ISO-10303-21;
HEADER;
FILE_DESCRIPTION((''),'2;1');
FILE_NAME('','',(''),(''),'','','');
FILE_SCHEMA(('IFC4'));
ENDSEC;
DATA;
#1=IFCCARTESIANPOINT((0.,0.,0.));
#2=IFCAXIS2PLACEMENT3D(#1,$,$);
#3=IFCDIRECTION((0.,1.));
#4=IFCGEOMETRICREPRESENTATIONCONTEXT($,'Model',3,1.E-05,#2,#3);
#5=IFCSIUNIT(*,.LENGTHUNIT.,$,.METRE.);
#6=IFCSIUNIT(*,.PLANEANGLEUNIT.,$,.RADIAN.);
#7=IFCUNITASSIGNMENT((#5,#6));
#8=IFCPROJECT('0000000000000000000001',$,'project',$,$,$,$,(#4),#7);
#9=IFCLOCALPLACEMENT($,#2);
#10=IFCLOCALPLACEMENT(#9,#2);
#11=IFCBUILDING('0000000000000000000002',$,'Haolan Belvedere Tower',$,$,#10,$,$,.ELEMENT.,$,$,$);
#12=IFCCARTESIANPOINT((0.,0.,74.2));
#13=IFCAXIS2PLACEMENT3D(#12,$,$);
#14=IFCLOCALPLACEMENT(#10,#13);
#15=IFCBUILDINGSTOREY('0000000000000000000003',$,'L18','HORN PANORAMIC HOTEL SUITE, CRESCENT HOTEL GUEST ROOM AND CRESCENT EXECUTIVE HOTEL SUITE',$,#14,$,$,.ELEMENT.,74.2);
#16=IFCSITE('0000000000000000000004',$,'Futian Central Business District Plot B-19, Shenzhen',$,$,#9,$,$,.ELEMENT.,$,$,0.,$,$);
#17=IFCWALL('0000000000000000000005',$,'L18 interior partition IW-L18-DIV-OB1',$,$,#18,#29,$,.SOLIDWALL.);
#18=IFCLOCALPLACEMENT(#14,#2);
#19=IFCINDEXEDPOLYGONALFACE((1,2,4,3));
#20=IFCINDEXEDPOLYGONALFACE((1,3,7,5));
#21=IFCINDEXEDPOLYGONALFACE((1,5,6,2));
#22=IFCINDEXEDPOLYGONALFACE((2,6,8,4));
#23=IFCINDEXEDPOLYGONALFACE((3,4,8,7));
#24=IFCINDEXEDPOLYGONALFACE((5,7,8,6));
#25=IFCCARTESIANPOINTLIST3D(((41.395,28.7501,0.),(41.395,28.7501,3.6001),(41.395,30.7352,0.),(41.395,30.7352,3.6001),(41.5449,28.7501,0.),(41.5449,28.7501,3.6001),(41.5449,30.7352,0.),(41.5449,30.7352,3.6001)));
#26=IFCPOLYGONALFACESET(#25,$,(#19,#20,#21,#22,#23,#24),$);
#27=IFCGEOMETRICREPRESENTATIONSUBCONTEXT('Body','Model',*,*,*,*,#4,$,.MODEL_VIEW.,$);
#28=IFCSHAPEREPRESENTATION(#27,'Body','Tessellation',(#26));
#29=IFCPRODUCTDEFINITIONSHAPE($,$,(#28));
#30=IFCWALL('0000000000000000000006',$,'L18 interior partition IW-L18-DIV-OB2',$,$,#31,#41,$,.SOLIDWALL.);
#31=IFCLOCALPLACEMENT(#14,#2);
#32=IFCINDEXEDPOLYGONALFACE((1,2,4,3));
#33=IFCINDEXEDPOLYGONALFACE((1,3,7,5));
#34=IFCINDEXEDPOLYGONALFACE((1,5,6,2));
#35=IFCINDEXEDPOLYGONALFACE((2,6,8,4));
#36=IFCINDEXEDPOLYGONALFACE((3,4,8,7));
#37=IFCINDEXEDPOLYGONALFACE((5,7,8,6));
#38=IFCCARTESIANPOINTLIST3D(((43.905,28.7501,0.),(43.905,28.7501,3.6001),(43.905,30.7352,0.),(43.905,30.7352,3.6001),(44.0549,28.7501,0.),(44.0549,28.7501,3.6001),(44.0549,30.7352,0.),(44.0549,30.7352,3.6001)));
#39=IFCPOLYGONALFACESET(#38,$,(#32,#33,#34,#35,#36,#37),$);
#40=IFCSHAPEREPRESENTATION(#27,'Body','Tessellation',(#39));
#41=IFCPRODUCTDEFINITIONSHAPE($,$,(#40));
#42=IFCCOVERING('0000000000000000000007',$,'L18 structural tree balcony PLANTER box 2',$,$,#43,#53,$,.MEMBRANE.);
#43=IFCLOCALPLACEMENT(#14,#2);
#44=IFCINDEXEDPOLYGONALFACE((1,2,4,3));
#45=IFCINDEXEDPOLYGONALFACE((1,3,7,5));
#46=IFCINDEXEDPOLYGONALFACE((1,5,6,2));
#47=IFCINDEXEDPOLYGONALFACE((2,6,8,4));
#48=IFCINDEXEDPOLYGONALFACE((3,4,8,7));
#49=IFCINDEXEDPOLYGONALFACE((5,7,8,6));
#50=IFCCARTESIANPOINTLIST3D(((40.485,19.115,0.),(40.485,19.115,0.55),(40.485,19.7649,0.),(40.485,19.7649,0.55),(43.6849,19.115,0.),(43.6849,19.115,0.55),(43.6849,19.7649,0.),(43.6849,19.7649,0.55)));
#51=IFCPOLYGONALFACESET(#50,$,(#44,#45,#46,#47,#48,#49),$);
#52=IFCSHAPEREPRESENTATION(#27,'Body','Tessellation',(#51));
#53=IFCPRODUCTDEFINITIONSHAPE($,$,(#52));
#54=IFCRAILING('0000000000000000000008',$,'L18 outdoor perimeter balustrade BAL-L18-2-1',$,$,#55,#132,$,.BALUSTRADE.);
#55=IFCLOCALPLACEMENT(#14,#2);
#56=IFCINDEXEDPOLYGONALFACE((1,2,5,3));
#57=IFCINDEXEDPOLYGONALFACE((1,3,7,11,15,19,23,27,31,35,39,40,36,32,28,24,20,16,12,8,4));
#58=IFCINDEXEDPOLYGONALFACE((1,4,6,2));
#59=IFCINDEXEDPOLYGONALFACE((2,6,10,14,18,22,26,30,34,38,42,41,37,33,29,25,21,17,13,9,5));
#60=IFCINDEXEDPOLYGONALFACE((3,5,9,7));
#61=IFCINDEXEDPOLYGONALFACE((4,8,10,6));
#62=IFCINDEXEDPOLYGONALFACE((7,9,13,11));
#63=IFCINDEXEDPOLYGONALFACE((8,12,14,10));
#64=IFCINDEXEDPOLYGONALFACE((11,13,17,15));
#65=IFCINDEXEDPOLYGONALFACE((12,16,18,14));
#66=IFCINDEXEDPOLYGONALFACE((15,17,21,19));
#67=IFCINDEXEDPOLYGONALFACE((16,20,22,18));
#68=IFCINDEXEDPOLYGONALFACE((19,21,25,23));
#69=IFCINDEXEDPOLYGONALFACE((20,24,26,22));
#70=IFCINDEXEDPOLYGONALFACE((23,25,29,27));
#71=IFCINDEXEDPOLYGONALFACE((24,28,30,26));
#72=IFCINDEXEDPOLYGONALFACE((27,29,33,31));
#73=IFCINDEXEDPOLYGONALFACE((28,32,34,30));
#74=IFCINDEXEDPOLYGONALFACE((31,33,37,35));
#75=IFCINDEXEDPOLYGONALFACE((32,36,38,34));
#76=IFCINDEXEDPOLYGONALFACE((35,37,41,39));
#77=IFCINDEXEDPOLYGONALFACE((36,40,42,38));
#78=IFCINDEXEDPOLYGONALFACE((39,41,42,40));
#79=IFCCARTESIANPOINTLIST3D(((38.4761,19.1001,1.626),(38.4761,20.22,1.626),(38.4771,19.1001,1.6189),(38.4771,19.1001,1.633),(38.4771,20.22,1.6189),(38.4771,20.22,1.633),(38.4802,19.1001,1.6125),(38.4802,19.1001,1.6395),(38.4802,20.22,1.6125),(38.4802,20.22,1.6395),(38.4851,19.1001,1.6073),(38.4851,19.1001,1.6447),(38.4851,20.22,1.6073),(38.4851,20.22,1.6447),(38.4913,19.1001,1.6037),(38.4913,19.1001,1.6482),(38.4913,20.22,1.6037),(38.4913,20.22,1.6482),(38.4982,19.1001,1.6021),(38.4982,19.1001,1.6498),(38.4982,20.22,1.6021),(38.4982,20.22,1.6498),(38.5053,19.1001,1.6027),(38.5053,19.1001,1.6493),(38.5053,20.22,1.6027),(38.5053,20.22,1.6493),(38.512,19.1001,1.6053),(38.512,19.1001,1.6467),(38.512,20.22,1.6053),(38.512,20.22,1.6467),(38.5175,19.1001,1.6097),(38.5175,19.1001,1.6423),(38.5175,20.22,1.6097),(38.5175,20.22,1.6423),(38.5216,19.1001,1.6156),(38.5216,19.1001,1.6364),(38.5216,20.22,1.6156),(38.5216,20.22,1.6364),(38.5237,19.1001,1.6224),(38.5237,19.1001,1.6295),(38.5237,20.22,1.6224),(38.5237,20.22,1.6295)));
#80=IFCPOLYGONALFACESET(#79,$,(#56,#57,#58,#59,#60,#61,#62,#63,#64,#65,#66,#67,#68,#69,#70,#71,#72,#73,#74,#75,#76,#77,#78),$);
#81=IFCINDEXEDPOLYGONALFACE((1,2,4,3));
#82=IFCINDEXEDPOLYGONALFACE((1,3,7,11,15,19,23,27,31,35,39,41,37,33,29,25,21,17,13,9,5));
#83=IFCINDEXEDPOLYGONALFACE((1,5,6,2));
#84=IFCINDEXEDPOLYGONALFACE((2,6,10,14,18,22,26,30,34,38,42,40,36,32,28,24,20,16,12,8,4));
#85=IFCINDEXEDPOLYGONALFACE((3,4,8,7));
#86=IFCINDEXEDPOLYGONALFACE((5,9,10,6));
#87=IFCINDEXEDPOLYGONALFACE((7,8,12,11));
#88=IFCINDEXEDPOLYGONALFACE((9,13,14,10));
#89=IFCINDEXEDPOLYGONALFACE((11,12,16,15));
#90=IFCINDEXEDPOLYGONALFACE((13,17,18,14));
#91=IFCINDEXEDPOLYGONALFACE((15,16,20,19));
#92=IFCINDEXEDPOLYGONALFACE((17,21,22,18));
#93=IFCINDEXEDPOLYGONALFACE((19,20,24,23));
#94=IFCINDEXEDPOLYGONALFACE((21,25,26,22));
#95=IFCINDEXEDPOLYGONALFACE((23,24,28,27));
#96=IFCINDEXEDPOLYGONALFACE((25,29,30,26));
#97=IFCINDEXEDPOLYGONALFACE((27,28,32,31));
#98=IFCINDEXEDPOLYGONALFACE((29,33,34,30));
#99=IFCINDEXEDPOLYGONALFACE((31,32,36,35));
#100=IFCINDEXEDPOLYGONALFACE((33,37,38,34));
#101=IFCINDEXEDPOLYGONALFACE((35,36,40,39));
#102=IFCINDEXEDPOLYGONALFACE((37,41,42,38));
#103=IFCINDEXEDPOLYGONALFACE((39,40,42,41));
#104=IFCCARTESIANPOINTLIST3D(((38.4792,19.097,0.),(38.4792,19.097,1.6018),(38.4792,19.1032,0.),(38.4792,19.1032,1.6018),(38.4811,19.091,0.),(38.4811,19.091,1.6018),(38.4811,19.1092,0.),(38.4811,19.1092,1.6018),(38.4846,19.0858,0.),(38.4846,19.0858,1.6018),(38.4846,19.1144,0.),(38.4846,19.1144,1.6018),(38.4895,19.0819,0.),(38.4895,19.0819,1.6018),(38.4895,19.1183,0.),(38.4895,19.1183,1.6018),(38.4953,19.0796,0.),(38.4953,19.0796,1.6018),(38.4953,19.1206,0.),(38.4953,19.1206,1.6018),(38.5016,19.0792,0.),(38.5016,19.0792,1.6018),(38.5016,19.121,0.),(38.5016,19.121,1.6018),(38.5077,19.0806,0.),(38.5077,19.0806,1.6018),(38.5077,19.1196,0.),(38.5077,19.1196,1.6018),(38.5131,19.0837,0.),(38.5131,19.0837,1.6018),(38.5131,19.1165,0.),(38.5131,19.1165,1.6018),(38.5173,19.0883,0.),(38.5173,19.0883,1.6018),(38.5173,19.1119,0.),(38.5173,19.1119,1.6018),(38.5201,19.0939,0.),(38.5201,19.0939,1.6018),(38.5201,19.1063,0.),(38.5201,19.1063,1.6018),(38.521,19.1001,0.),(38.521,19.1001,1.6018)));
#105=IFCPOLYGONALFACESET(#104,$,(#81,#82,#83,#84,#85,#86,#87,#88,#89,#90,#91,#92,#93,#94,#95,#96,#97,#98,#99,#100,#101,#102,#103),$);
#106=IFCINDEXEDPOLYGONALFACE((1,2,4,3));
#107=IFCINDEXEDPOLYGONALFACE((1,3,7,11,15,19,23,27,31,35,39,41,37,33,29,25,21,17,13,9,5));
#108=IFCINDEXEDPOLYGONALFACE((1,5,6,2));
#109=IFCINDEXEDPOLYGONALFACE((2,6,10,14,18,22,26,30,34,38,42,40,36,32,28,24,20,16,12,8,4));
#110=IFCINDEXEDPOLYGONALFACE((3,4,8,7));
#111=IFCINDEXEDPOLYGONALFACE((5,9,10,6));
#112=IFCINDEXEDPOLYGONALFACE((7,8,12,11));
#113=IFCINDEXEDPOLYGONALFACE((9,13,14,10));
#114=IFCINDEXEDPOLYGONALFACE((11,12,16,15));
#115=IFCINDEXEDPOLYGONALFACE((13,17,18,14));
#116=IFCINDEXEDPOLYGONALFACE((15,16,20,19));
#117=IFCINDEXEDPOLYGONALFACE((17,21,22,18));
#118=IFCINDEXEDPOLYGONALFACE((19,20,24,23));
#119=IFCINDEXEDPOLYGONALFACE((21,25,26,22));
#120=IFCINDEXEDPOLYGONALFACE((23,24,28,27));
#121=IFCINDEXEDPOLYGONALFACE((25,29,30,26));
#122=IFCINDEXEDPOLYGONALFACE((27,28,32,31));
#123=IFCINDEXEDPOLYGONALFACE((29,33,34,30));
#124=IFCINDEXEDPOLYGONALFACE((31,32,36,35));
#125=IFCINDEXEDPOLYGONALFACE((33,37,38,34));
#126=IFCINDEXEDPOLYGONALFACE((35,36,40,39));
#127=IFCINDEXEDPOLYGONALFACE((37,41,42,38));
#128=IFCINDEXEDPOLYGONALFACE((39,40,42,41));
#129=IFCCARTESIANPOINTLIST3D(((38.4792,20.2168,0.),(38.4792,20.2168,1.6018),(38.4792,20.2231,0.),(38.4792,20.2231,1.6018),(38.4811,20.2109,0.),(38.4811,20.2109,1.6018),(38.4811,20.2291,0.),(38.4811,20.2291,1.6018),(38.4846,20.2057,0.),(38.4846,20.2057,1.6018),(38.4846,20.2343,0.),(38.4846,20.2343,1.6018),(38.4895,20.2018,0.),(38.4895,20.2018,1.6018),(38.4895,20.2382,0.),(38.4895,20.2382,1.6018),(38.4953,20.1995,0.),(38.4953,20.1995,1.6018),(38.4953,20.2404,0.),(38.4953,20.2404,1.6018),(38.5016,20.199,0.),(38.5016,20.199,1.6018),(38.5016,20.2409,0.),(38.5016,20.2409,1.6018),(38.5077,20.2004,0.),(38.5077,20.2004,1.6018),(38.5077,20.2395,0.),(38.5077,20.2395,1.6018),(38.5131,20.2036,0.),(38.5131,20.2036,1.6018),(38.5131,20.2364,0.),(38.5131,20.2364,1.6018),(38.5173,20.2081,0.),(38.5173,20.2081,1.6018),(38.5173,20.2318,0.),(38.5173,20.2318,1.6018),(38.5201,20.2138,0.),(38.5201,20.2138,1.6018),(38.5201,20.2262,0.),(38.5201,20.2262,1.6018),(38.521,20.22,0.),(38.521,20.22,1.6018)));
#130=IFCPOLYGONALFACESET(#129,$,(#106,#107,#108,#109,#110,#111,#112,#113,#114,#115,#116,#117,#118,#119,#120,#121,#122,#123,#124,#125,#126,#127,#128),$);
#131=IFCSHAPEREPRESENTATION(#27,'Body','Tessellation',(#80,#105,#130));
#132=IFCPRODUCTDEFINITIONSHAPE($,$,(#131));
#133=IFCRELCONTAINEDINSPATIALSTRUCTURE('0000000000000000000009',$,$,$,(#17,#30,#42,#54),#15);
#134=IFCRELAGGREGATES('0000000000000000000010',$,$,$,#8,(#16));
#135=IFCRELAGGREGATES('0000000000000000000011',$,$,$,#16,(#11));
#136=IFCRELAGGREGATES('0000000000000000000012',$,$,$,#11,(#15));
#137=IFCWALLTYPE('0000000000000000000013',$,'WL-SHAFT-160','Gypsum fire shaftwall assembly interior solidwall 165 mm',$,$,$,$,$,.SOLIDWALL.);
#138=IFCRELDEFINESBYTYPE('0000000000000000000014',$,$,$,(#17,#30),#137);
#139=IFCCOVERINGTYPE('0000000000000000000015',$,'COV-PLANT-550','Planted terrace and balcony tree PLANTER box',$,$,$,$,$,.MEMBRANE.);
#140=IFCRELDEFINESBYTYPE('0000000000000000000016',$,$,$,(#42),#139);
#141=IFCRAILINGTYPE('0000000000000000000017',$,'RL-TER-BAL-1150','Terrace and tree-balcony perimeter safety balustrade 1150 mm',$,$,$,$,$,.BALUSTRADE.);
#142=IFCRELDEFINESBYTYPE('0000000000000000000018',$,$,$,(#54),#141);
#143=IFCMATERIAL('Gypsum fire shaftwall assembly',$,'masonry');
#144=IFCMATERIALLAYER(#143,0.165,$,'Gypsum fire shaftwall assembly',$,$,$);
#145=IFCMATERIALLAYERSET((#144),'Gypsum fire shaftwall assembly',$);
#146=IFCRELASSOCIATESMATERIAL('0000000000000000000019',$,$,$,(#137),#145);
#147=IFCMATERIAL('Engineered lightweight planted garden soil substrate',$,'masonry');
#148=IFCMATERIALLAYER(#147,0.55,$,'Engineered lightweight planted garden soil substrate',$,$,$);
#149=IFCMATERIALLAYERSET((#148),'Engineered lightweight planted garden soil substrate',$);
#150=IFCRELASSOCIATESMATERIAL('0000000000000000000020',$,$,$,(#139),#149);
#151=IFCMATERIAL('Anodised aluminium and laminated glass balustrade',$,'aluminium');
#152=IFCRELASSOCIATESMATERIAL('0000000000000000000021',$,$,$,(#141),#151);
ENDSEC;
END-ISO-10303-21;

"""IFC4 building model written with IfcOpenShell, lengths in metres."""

from ifc_helpers import new_model, si_unit, direction, frame, frame_2d, origin, origin_2d, place, context, subcontext, project, spatial, rectangle, circle, extrude, material, layer, layer_set, type_object, element, save


model = new_model("IFC4")

# Units and contexts
model_context = context("Model", 3, precision=1e-05, world=origin(), true_north=direction((0.0, 1.0)))
body_context = subcontext(model_context, "Body", "Model", "MODEL_VIEW")
ifc_project = project(units=[si_unit("LENGTHUNIT", "METRE"), si_unit("PLANEANGLEUNIT", "RADIAN")], contexts=[model_context])

# Site, building, storey
site_placement = place(None, origin())
site = spatial("IfcSite", under=ifc_project, at=site_placement, Name="Futian Central Business District Plot B-19, Shenzhen", CompositionType="ELEMENT", RefElevation=0.0)
building_placement = place(site_placement, origin())
building = spatial("IfcBuilding", under=site, at=building_placement, Name="Haolan Belvedere Tower", CompositionType="ELEMENT")
storey_placement = place(building_placement, frame((0.0, 0.0, 74.2)))
storey = spatial("IfcBuildingStorey", under=building, at=storey_placement, Name="L18", Description="HORN PANORAMIC HOTEL SUITE, CRESCENT HOTEL GUEST ROOM AND CRESCENT EXECUTIVE HOTEL SUITE", CompositionType="ELEMENT", Elevation=74.2)

# Walls
ifc_material_1 = material(Name="Gypsum fire shaftwall assembly", Category="masonry")
ifc_layer_1 = layer(ifc_material_1, 0.165, Name="Gypsum fire shaftwall assembly")
ifc_layer_set_1 = layer_set([ifc_layer_1], Name="Gypsum fire shaftwall assembly")
wall_type_1 = type_object("IfcWallType", Name="WL-SHAFT-160", Description="Gypsum fire shaftwall assembly interior solidwall 165 mm", PredefinedType="SOLIDWALL", material=ifc_layer_set_1)
for number, where, z_axis, x_axis, name in (
    (1, (41.47, 28.75, 0.0), (0.0, 0.0, 1.0), (0.0, 1.0, 0.0), "L18 interior partition IW-L18-DIV-OB1"),
    (2, (43.98, 28.75, 0.0), (0.0, 0.0, 1.0), (0.0, 1.0, 0.0), "L18 interior partition IW-L18-DIV-OB2"),
):
    element("IfcWall", number, at=place(storey_placement, frame(where, z_axis=z_axis, x_axis=x_axis)), inside=storey, type_object=wall_type_1, Name=name, PredefinedType="SOLIDWALL", context=body_context, shape_type="SweptSolid", body=[
        extrude(rectangle(XDim=1.9851, YDim=0.1499, at=frame_2d((0.9927, 0.0))), origin(), (0.0, 0.0, 1.0), 3.6001),
    ])

# Covering
ifc_material_2 = material(Name="Engineered lightweight planted garden soil substrate", Category="masonry")
ifc_layer_2 = layer(ifc_material_2, 0.55, Name="Engineered lightweight planted garden soil substrate")
ifc_layer_set_2 = layer_set([ifc_layer_2], Name="Engineered lightweight planted garden soil substrate")
covering_type = type_object("IfcCoveringType", Name="COV-PLANT-550", Description="Planted terrace and balcony tree PLANTER box", PredefinedType="MEMBRANE", material=ifc_layer_set_2)
covering_placement = place(storey_placement, frame((42.085, 19.4399, 0.0), z_axis=(0.0, 0.0, 1.0), x_axis=(1.0, 0.0, 0.0)))
element("IfcCovering", 3, at=covering_placement, inside=storey, type_object=covering_type, Name="L18 structural tree balcony PLANTER box 2", PredefinedType="MEMBRANE", context=body_context, shape_type="SweptSolid", body=[
    extrude(rectangle(XDim=3.2, YDim=0.6499, at=origin_2d()), origin(), (0.0, 0.0, 1.0), 0.55),
])

# Railing
ifc_material_3 = material(Name="Anodised aluminium and laminated glass balustrade", Category="aluminium")
railing_type = type_object("IfcRailingType", Name="RL-TER-BAL-1150", Description="Terrace and tree-balcony perimeter safety balustrade 1150 mm", PredefinedType="BALUSTRADE", material=ifc_material_3)
railing_1_placement = place(storey_placement, frame((38.5, 19.1001, 0.0)))
element("IfcRailing", 4, at=railing_1_placement, inside=storey, type_object=railing_type, Name="L18 outdoor perimeter balustrade BAL-L18-2-1", PredefinedType="BALUSTRADE", context=body_context, shape_type="SweptSolid", body=[
    extrude(circle(Radius=0.0239, at=origin_2d()), frame((0.0, 0.0, 1.626), z_axis=(0.0, 1.0, 0.0), x_axis=(-1.0, 0.0, 0.0)), (0.0, 0.0, 1.0), 1.1199),
    extrude(circle(Radius=0.021, at=origin_2d()), origin(), (0.0, 0.0, 1.0), 1.6018),
    extrude(circle(Radius=0.021, at=origin_2d()), frame((0.0, 1.1199, 0.0)), (0.0, 0.0, 1.0), 1.6018),
])

save(model, "model.ifc")
